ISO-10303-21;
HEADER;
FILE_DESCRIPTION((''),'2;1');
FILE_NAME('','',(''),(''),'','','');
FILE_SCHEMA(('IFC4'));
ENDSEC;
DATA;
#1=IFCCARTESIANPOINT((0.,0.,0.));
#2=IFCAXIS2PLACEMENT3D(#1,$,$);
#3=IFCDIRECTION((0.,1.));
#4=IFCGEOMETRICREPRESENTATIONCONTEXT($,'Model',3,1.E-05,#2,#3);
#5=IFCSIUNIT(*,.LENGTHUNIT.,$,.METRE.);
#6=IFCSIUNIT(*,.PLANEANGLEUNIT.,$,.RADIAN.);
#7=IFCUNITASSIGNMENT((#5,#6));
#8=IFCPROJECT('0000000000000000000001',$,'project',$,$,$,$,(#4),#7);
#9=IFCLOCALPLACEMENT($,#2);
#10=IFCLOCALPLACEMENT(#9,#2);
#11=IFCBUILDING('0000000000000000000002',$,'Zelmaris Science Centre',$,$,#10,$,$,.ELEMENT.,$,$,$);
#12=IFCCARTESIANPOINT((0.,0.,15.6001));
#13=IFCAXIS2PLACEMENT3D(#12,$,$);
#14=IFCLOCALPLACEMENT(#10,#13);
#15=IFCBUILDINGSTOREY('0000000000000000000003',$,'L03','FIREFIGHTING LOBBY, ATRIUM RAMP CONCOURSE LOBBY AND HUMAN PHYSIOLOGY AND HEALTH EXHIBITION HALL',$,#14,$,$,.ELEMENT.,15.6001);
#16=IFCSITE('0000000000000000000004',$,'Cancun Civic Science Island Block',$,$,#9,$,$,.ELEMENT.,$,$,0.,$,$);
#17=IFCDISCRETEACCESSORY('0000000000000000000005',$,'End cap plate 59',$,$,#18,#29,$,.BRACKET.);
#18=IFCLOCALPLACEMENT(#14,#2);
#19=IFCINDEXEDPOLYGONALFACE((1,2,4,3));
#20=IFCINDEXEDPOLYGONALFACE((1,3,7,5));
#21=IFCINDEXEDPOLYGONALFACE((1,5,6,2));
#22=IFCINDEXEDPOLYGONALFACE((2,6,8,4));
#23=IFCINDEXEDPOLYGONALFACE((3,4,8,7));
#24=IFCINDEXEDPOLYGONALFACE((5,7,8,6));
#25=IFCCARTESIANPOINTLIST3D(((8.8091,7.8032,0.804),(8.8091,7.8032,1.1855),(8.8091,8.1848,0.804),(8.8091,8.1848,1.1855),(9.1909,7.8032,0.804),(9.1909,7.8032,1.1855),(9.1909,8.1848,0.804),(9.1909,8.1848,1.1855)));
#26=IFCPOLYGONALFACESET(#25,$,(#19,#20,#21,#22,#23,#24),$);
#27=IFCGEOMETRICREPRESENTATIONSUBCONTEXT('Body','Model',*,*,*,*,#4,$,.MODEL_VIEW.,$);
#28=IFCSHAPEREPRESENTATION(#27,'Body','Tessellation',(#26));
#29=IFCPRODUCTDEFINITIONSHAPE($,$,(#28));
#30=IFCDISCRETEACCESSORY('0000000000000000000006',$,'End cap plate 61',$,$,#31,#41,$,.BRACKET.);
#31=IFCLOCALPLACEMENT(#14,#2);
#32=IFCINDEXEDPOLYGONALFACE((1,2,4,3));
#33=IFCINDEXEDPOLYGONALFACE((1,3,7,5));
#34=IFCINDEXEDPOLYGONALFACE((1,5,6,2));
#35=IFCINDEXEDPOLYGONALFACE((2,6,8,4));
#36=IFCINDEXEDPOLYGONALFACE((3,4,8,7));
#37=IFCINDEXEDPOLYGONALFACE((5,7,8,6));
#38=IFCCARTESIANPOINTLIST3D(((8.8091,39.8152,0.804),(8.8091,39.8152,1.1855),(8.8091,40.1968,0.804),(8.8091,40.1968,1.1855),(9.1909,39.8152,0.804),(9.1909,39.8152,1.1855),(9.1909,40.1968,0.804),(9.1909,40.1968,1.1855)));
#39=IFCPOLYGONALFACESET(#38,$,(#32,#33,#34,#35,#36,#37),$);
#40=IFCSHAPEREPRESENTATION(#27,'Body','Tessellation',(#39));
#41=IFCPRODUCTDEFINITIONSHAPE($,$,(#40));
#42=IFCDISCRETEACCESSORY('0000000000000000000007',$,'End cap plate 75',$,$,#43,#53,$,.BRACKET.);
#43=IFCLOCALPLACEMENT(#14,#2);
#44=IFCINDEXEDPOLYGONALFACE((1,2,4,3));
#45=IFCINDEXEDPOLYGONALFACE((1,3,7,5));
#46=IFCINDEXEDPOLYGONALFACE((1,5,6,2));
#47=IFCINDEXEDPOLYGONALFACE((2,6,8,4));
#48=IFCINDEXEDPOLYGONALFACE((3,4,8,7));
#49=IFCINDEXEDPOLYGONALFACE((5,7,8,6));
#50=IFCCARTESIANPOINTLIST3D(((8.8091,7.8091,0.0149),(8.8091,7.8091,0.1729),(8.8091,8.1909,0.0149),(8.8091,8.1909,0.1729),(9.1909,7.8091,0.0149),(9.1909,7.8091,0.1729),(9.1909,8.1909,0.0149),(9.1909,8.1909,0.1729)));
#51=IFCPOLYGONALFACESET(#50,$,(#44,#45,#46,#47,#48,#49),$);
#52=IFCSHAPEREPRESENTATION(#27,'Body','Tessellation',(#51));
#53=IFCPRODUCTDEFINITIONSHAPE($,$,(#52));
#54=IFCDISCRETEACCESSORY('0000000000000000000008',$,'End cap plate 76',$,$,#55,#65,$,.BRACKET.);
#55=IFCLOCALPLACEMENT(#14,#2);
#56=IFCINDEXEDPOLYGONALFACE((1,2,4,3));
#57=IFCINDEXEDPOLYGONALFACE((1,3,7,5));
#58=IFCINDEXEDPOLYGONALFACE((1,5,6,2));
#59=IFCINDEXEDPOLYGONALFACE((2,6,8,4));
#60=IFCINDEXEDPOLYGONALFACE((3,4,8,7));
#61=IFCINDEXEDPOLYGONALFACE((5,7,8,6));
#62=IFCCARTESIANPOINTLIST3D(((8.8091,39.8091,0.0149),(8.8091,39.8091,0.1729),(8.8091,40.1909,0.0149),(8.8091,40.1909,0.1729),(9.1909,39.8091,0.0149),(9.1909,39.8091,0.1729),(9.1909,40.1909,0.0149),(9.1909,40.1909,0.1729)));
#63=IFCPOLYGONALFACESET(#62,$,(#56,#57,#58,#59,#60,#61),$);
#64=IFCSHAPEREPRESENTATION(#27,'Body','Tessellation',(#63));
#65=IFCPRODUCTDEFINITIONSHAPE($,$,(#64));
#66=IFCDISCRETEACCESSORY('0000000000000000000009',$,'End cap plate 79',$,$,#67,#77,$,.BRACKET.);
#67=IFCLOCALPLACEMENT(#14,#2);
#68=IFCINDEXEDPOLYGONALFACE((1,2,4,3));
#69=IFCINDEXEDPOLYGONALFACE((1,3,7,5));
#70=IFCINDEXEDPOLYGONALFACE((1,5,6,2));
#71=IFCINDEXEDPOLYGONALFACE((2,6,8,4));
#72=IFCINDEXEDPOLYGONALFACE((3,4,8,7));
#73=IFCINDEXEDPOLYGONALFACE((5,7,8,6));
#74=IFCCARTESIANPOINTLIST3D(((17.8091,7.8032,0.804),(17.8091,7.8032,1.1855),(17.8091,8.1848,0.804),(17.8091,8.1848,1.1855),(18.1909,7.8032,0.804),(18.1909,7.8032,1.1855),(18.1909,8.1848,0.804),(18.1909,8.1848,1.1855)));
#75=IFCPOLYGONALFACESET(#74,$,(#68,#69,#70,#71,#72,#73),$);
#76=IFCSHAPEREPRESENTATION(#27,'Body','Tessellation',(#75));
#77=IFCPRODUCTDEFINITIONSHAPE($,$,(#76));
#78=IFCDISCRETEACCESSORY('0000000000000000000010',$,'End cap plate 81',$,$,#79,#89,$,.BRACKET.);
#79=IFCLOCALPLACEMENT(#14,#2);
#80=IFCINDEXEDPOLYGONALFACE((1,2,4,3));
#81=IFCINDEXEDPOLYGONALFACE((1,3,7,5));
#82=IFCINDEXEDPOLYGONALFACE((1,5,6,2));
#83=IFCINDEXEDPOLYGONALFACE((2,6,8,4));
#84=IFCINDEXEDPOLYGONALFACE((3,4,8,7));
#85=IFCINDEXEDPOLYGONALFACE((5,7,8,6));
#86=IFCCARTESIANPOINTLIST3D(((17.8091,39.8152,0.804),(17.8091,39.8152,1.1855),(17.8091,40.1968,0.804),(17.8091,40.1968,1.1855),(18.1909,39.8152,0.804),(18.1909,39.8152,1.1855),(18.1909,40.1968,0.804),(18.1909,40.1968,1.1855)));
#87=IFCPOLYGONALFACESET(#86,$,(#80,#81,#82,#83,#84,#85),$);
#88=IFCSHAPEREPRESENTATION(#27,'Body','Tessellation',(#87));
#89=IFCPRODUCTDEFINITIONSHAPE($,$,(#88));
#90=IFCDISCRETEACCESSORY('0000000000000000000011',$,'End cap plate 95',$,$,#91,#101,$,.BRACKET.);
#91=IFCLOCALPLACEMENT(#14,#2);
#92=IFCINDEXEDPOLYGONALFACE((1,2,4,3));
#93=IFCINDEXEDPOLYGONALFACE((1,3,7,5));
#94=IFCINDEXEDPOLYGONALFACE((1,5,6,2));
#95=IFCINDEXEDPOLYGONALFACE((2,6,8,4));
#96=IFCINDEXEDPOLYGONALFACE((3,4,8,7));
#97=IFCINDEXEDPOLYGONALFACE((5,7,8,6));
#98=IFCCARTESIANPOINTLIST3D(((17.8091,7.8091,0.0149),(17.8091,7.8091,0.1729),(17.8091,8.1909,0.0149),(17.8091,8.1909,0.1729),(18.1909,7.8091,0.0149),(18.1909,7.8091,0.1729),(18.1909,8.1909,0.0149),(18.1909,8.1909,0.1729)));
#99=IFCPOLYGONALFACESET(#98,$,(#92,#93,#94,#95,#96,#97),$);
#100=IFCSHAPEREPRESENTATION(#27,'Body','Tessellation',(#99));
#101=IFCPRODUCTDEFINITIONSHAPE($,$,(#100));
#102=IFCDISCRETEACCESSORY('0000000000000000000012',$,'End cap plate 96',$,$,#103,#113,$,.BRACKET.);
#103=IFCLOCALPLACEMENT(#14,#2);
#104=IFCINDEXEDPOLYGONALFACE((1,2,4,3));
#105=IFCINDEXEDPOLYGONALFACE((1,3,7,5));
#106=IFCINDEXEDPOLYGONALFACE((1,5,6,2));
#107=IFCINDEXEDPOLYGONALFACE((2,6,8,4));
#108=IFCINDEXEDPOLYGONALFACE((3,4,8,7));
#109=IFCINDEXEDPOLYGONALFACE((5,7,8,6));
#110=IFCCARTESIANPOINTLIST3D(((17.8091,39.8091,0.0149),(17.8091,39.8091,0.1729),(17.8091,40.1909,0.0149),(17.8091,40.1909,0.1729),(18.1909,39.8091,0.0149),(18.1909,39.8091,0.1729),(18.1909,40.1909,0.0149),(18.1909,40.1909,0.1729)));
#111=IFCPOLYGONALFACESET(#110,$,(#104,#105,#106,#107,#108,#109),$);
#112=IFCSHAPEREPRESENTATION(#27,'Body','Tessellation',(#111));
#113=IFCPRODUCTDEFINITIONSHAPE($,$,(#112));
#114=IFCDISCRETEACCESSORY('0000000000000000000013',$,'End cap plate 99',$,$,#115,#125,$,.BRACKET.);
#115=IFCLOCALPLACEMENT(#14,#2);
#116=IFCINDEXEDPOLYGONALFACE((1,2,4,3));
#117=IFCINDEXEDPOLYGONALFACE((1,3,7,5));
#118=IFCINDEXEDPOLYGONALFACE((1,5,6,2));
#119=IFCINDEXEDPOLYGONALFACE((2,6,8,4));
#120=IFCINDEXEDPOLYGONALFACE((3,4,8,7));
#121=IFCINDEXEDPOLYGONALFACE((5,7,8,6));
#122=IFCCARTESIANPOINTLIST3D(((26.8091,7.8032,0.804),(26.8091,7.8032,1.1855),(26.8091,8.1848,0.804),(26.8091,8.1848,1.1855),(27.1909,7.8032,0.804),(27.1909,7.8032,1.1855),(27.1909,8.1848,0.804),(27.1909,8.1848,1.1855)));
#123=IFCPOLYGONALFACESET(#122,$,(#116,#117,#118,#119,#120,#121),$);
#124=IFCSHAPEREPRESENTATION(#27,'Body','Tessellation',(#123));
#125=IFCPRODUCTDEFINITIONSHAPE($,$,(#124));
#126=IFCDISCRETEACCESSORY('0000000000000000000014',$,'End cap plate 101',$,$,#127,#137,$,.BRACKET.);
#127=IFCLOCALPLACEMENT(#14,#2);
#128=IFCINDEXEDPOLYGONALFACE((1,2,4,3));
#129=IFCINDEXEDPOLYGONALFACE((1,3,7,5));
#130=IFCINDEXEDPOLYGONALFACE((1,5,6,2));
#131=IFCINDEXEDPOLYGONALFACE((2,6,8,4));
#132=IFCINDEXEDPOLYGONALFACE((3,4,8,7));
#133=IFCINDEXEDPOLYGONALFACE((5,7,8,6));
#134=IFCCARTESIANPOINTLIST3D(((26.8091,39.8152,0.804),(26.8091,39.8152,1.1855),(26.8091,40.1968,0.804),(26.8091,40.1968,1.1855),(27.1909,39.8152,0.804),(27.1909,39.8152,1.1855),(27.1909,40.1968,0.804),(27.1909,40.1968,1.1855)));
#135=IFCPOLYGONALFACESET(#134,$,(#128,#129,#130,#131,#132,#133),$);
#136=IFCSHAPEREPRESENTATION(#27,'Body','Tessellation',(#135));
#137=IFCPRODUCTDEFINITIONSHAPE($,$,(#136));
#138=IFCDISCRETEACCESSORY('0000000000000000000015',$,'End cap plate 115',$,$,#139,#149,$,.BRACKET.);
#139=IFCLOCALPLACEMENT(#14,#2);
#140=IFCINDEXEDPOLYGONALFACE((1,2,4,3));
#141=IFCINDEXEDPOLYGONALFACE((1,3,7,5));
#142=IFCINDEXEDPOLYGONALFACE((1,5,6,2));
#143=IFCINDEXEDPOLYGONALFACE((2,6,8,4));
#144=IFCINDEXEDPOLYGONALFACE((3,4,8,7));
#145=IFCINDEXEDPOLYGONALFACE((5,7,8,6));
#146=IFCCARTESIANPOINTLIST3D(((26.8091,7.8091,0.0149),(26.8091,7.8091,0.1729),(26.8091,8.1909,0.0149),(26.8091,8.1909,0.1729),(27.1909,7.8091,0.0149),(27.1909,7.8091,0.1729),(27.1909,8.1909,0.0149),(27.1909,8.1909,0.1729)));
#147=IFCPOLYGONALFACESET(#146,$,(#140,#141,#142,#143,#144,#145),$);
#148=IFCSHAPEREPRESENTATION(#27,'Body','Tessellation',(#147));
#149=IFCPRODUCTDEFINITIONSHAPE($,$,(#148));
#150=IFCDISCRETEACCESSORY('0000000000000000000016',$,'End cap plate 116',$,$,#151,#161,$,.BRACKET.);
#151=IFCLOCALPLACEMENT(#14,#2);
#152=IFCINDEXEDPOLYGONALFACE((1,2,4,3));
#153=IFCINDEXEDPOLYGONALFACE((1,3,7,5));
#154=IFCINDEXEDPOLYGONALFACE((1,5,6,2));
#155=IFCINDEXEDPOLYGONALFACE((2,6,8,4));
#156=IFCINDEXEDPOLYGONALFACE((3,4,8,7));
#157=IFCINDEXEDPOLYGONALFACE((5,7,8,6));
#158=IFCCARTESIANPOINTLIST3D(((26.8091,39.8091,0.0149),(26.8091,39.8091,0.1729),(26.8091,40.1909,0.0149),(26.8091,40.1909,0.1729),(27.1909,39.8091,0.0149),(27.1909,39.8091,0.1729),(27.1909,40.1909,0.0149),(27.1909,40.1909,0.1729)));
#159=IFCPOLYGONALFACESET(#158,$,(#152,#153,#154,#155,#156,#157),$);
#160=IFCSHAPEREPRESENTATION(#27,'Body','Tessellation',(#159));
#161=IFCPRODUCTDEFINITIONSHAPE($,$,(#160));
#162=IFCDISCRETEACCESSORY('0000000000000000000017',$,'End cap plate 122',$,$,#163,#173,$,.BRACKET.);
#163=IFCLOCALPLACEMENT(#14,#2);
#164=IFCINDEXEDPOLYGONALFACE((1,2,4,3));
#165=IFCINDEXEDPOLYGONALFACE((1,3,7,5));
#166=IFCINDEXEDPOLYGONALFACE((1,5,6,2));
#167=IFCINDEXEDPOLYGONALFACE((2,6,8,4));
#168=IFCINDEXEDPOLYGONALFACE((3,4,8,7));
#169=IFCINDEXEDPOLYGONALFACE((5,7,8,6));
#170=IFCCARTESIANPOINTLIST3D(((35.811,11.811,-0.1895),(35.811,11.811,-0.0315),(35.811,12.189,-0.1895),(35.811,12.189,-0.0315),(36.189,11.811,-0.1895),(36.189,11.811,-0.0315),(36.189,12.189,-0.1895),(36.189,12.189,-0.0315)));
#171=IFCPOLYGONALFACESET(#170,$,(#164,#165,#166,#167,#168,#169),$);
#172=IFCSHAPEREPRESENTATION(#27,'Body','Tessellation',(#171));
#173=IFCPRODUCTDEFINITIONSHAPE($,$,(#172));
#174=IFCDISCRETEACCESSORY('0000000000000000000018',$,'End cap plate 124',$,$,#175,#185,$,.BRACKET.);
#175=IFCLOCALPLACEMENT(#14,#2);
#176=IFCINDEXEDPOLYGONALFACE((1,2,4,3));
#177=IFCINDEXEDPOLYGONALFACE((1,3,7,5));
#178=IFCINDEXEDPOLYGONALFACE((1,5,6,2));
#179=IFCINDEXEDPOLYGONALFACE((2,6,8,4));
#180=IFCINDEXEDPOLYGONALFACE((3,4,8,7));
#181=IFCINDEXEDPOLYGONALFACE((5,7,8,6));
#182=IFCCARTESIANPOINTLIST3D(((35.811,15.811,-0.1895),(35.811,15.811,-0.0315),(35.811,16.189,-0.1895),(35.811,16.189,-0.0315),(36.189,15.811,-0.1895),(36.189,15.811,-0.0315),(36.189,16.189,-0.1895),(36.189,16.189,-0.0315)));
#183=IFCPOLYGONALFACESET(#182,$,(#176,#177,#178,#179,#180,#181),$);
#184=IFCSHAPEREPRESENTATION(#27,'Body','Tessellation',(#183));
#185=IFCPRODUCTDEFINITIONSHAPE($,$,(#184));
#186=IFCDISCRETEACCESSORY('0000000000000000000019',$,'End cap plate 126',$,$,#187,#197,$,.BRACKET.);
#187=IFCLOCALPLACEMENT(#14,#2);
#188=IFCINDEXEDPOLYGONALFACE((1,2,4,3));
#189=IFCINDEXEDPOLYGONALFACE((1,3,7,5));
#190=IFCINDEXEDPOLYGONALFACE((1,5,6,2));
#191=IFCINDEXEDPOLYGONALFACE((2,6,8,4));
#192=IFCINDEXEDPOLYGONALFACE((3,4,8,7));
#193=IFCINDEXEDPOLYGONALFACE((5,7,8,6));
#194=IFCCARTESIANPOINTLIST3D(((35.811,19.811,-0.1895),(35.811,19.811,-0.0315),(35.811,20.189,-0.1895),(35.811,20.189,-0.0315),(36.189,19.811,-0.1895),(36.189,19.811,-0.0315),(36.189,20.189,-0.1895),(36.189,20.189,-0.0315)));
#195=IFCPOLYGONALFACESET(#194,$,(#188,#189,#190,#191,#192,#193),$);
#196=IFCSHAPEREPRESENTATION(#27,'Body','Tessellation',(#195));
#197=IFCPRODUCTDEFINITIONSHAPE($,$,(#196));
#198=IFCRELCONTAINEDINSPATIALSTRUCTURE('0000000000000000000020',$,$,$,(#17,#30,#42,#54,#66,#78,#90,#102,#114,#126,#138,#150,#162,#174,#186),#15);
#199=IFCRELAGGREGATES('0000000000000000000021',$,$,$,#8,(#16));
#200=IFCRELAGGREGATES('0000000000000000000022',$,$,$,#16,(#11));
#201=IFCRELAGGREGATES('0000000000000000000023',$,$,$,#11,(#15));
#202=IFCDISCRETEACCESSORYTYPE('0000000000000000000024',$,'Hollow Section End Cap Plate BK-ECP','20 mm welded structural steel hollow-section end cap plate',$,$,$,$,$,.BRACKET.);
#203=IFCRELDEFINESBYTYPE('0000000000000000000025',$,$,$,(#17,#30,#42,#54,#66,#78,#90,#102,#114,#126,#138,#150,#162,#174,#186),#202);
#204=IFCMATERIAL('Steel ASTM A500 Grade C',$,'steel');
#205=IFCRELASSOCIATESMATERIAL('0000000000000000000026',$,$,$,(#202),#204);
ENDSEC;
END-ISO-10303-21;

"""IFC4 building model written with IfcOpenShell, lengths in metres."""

from ifc_helpers import new_model, si_unit, direction, frame, origin, place, context, subcontext, project, spatial, polyline, outline, extrude, material, type_object, element, save


model = new_model("IFC4")

# Units and contexts
model_context = context("Model", 3, precision=1e-05, world=origin(), true_north=direction((0.0, 1.0)))
body_context = subcontext(model_context, "Body", "Model", "MODEL_VIEW")
ifc_project = project(units=[si_unit("LENGTHUNIT", "METRE"), si_unit("PLANEANGLEUNIT", "RADIAN")], contexts=[model_context])

# Site, building, storey
site_placement = place(None, origin())
site = spatial("IfcSite", under=ifc_project, at=site_placement, Name="Cancun Civic Science Island Block", CompositionType="ELEMENT", RefElevation=0.0)
building_placement = place(site_placement, origin())
building = spatial("IfcBuilding", under=site, at=building_placement, Name="Zelmaris Science Centre", CompositionType="ELEMENT")
storey_placement = place(building_placement, frame((0.0, 0.0, 15.6001)))
storey = spatial("IfcBuildingStorey", under=building, at=storey_placement, Name="L03", Description="FIREFIGHTING LOBBY, ATRIUM RAMP CONCOURSE LOBBY AND HUMAN PHYSIOLOGY AND HEALTH EXHIBITION HALL", CompositionType="ELEMENT", Elevation=15.6001)

# Discrete accessories
ifc_material = material(Name="Steel ASTM A500 Grade C", Category="steel")
discrete_accessory_type = type_object("IfcDiscreteAccessoryType", Name="Hollow Section End Cap Plate BK-ECP", Description="20 mm welded structural steel hollow-section end cap plate", PredefinedType="BRACKET", material=ifc_material)
discrete_accessory_1_placement = place(storey_placement, frame((0.0, 0.0, 0.804)))
element("IfcDiscreteAccessory", 1, at=discrete_accessory_1_placement, inside=storey, type_object=discrete_accessory_type, Name="End cap plate 59", PredefinedType="BRACKET", context=body_context, shape_type="SweptSolid", body=[
    extrude(outline(polyline([(8.8091, 7.8032), (9.1909, 7.8032), (9.1909, 8.1848), (8.8091, 8.1848), (8.8091, 7.8032)])), origin(), (0.0, 0.0, 1.0), 0.3816),
])
discrete_accessory_2_placement = place(storey_placement, frame((0.0, 0.0, 0.804)))
element("IfcDiscreteAccessory", 2, at=discrete_accessory_2_placement, inside=storey, type_object=discrete_accessory_type, Name="End cap plate 61", PredefinedType="BRACKET", context=body_context, shape_type="SweptSolid", body=[
    extrude(outline(polyline([(8.8091, 39.8152), (9.1909, 39.8152), (9.1909, 40.1968), (8.8091, 40.1968), (8.8091, 39.8152)])), origin(), (0.0, 0.0, 1.0), 0.3816),
])
discrete_accessory_3_placement = place(storey_placement, frame((0.0, 0.0, 0.0149)))
element("IfcDiscreteAccessory", 3, at=discrete_accessory_3_placement, inside=storey, type_object=discrete_accessory_type, Name="End cap plate 75", PredefinedType="BRACKET", context=body_context, shape_type="SweptSolid", body=[
    extrude(outline(polyline([(8.8091, 7.8091), (9.1909, 7.8091), (9.1909, 8.1909), (8.8091, 8.1909), (8.8091, 7.8091)])), origin(), (0.0, 0.0, 1.0), 0.158),
])
discrete_accessory_4_placement = place(storey_placement, frame((0.0, 0.0, 0.0149)))
element("IfcDiscreteAccessory", 4, at=discrete_accessory_4_placement, inside=storey, type_object=discrete_accessory_type, Name="End cap plate 76", PredefinedType="BRACKET", context=body_context, shape_type="SweptSolid", body=[
    extrude(outline(polyline([(8.8091, 39.8091), (9.1909, 39.8091), (9.1909, 40.1909), (8.8091, 40.1909), (8.8091, 39.8091)])), origin(), (0.0, 0.0, 1.0), 0.158),
])
discrete_accessory_5_placement = place(storey_placement, frame((0.0, 0.0, 0.804)))
element("IfcDiscreteAccessory", 5, at=discrete_accessory_5_placement, inside=storey, type_object=discrete_accessory_type, Name="End cap plate 79", PredefinedType="BRACKET", context=body_context, shape_type="SweptSolid", body=[
    extrude(outline(polyline([(17.8091, 7.8032), (18.1909, 7.8032), (18.1909, 8.1848), (17.8091, 8.1848), (17.8091, 7.8032)])), origin(), (0.0, 0.0, 1.0), 0.3816),
])
discrete_accessory_6_placement = place(storey_placement, frame((0.0, 0.0, 0.804)))
element("IfcDiscreteAccessory", 6, at=discrete_accessory_6_placement, inside=storey, type_object=discrete_accessory_type, Name="End cap plate 81", PredefinedType="BRACKET", context=body_context, shape_type="SweptSolid", body=[
    extrude(outline(polyline([(17.8091, 39.8152), (18.1909, 39.8152), (18.1909, 40.1968), (17.8091, 40.1968), (17.8091, 39.8152)])), origin(), (0.0, 0.0, 1.0), 0.3816),
])
discrete_accessory_7_placement = place(storey_placement, frame((0.0, 0.0, 0.0149)))
element("IfcDiscreteAccessory", 7, at=discrete_accessory_7_placement, inside=storey, type_object=discrete_accessory_type, Name="End cap plate 95", PredefinedType="BRACKET", context=body_context, shape_type="SweptSolid", body=[
    extrude(outline(polyline([(17.8091, 7.8091), (18.1909, 7.8091), (18.1909, 8.1909), (17.8091, 8.1909), (17.8091, 7.8091)])), origin(), (0.0, 0.0, 1.0), 0.158),
])
discrete_accessory_8_placement = place(storey_placement, frame((0.0, 0.0, 0.0149)))
element("IfcDiscreteAccessory", 8, at=discrete_accessory_8_placement, inside=storey, type_object=discrete_accessory_type, Name="End cap plate 96", PredefinedType="BRACKET", context=body_context, shape_type="SweptSolid", body=[
    extrude(outline(polyline([(17.8091, 39.8091), (18.1909, 39.8091), (18.1909, 40.1909), (17.8091, 40.1909), (17.8091, 39.8091)])), origin(), (0.0, 0.0, 1.0), 0.158),
])
discrete_accessory_9_placement = place(storey_placement, frame((0.0, 0.0, 0.804)))
element("IfcDiscreteAccessory", 9, at=discrete_accessory_9_placement, inside=storey, type_object=discrete_accessory_type, Name="End cap plate 99", PredefinedType="BRACKET", context=body_context, shape_type="SweptSolid", body=[
    extrude(outline(polyline([(26.8091, 7.8032), (27.1909, 7.8032), (27.1909, 8.1848), (26.8091, 8.1848), (26.8091, 7.8032)])), origin(), (0.0, 0.0, 1.0), 0.3816),
])
discrete_accessory_10_placement = place(storey_placement, frame((0.0, 0.0, 0.804)))
element("IfcDiscreteAccessory", 10, at=discrete_accessory_10_placement, inside=storey, type_object=discrete_accessory_type, Name="End cap plate 101", PredefinedType="BRACKET", context=body_context, shape_type="SweptSolid", body=[
    extrude(outline(polyline([(26.8091, 39.8152), (27.1909, 39.8152), (27.1909, 40.1968), (26.8091, 40.1968), (26.8091, 39.8152)])), origin(), (0.0, 0.0, 1.0), 0.3816),
])
discrete_accessory_11_placement = place(storey_placement, frame((0.0, 0.0, 0.0149)))
element("IfcDiscreteAccessory", 11, at=discrete_accessory_11_placement, inside=storey, type_object=discrete_accessory_type, Name="End cap plate 115", PredefinedType="BRACKET", context=body_context, shape_type="SweptSolid", body=[
    extrude(outline(polyline([(26.8091, 7.8091), (27.1909, 7.8091), (27.1909, 8.1909), (26.8091, 8.1909), (26.8091, 7.8091)])), origin(), (0.0, 0.0, 1.0), 0.158),
])
discrete_accessory_12_placement = place(storey_placement, frame((0.0, 0.0, 0.0149)))
element("IfcDiscreteAccessory", 12, at=discrete_accessory_12_placement, inside=storey, type_object=discrete_accessory_type, Name="End cap plate 116", PredefinedType="BRACKET", context=body_context, shape_type="SweptSolid", body=[
    extrude(outline(polyline([(26.8091, 39.8091), (27.1909, 39.8091), (27.1909, 40.1909), (26.8091, 40.1909), (26.8091, 39.8091)])), origin(), (0.0, 0.0, 1.0), 0.158),
])
discrete_accessory_13_placement = place(storey_placement, frame((0.0, 0.0, -0.1895)))
element("IfcDiscreteAccessory", 13, at=discrete_accessory_13_placement, inside=storey, type_object=discrete_accessory_type, Name="End cap plate 122", PredefinedType="BRACKET", context=body_context, shape_type="SweptSolid", body=[
    extrude(outline(polyline([(35.811, 11.811), (36.189, 11.811), (36.189, 12.189), (35.811, 12.189), (35.811, 11.811)])), origin(), (0.0, 0.0, 1.0), 0.158),
])
discrete_accessory_14_placement = place(storey_placement, frame((0.0, 0.0, -0.1895)))
element("IfcDiscreteAccessory", 14, at=discrete_accessory_14_placement, inside=storey, type_object=discrete_accessory_type, Name="End cap plate 124", PredefinedType="BRACKET", context=body_context, shape_type="SweptSolid", body=[
    extrude(outline(polyline([(35.811, 15.811), (36.189, 15.811), (36.189, 16.189), (35.811, 16.189), (35.811, 15.811)])), origin(), (0.0, 0.0, 1.0), 0.158),
])
discrete_accessory_15_placement = place(storey_placement, frame((0.0, 0.0, -0.1895)))
element("IfcDiscreteAccessory", 15, at=discrete_accessory_15_placement, inside=storey, type_object=discrete_accessory_type, Name="End cap plate 126", PredefinedType="BRACKET", context=body_context, shape_type="SweptSolid", body=[
    extrude(outline(polyline([(35.811, 19.811), (36.189, 19.811), (36.189, 20.189), (35.811, 20.189), (35.811, 19.811)])), origin(), (0.0, 0.0, 1.0), 0.158),
])

save(model, "model.ifc")
